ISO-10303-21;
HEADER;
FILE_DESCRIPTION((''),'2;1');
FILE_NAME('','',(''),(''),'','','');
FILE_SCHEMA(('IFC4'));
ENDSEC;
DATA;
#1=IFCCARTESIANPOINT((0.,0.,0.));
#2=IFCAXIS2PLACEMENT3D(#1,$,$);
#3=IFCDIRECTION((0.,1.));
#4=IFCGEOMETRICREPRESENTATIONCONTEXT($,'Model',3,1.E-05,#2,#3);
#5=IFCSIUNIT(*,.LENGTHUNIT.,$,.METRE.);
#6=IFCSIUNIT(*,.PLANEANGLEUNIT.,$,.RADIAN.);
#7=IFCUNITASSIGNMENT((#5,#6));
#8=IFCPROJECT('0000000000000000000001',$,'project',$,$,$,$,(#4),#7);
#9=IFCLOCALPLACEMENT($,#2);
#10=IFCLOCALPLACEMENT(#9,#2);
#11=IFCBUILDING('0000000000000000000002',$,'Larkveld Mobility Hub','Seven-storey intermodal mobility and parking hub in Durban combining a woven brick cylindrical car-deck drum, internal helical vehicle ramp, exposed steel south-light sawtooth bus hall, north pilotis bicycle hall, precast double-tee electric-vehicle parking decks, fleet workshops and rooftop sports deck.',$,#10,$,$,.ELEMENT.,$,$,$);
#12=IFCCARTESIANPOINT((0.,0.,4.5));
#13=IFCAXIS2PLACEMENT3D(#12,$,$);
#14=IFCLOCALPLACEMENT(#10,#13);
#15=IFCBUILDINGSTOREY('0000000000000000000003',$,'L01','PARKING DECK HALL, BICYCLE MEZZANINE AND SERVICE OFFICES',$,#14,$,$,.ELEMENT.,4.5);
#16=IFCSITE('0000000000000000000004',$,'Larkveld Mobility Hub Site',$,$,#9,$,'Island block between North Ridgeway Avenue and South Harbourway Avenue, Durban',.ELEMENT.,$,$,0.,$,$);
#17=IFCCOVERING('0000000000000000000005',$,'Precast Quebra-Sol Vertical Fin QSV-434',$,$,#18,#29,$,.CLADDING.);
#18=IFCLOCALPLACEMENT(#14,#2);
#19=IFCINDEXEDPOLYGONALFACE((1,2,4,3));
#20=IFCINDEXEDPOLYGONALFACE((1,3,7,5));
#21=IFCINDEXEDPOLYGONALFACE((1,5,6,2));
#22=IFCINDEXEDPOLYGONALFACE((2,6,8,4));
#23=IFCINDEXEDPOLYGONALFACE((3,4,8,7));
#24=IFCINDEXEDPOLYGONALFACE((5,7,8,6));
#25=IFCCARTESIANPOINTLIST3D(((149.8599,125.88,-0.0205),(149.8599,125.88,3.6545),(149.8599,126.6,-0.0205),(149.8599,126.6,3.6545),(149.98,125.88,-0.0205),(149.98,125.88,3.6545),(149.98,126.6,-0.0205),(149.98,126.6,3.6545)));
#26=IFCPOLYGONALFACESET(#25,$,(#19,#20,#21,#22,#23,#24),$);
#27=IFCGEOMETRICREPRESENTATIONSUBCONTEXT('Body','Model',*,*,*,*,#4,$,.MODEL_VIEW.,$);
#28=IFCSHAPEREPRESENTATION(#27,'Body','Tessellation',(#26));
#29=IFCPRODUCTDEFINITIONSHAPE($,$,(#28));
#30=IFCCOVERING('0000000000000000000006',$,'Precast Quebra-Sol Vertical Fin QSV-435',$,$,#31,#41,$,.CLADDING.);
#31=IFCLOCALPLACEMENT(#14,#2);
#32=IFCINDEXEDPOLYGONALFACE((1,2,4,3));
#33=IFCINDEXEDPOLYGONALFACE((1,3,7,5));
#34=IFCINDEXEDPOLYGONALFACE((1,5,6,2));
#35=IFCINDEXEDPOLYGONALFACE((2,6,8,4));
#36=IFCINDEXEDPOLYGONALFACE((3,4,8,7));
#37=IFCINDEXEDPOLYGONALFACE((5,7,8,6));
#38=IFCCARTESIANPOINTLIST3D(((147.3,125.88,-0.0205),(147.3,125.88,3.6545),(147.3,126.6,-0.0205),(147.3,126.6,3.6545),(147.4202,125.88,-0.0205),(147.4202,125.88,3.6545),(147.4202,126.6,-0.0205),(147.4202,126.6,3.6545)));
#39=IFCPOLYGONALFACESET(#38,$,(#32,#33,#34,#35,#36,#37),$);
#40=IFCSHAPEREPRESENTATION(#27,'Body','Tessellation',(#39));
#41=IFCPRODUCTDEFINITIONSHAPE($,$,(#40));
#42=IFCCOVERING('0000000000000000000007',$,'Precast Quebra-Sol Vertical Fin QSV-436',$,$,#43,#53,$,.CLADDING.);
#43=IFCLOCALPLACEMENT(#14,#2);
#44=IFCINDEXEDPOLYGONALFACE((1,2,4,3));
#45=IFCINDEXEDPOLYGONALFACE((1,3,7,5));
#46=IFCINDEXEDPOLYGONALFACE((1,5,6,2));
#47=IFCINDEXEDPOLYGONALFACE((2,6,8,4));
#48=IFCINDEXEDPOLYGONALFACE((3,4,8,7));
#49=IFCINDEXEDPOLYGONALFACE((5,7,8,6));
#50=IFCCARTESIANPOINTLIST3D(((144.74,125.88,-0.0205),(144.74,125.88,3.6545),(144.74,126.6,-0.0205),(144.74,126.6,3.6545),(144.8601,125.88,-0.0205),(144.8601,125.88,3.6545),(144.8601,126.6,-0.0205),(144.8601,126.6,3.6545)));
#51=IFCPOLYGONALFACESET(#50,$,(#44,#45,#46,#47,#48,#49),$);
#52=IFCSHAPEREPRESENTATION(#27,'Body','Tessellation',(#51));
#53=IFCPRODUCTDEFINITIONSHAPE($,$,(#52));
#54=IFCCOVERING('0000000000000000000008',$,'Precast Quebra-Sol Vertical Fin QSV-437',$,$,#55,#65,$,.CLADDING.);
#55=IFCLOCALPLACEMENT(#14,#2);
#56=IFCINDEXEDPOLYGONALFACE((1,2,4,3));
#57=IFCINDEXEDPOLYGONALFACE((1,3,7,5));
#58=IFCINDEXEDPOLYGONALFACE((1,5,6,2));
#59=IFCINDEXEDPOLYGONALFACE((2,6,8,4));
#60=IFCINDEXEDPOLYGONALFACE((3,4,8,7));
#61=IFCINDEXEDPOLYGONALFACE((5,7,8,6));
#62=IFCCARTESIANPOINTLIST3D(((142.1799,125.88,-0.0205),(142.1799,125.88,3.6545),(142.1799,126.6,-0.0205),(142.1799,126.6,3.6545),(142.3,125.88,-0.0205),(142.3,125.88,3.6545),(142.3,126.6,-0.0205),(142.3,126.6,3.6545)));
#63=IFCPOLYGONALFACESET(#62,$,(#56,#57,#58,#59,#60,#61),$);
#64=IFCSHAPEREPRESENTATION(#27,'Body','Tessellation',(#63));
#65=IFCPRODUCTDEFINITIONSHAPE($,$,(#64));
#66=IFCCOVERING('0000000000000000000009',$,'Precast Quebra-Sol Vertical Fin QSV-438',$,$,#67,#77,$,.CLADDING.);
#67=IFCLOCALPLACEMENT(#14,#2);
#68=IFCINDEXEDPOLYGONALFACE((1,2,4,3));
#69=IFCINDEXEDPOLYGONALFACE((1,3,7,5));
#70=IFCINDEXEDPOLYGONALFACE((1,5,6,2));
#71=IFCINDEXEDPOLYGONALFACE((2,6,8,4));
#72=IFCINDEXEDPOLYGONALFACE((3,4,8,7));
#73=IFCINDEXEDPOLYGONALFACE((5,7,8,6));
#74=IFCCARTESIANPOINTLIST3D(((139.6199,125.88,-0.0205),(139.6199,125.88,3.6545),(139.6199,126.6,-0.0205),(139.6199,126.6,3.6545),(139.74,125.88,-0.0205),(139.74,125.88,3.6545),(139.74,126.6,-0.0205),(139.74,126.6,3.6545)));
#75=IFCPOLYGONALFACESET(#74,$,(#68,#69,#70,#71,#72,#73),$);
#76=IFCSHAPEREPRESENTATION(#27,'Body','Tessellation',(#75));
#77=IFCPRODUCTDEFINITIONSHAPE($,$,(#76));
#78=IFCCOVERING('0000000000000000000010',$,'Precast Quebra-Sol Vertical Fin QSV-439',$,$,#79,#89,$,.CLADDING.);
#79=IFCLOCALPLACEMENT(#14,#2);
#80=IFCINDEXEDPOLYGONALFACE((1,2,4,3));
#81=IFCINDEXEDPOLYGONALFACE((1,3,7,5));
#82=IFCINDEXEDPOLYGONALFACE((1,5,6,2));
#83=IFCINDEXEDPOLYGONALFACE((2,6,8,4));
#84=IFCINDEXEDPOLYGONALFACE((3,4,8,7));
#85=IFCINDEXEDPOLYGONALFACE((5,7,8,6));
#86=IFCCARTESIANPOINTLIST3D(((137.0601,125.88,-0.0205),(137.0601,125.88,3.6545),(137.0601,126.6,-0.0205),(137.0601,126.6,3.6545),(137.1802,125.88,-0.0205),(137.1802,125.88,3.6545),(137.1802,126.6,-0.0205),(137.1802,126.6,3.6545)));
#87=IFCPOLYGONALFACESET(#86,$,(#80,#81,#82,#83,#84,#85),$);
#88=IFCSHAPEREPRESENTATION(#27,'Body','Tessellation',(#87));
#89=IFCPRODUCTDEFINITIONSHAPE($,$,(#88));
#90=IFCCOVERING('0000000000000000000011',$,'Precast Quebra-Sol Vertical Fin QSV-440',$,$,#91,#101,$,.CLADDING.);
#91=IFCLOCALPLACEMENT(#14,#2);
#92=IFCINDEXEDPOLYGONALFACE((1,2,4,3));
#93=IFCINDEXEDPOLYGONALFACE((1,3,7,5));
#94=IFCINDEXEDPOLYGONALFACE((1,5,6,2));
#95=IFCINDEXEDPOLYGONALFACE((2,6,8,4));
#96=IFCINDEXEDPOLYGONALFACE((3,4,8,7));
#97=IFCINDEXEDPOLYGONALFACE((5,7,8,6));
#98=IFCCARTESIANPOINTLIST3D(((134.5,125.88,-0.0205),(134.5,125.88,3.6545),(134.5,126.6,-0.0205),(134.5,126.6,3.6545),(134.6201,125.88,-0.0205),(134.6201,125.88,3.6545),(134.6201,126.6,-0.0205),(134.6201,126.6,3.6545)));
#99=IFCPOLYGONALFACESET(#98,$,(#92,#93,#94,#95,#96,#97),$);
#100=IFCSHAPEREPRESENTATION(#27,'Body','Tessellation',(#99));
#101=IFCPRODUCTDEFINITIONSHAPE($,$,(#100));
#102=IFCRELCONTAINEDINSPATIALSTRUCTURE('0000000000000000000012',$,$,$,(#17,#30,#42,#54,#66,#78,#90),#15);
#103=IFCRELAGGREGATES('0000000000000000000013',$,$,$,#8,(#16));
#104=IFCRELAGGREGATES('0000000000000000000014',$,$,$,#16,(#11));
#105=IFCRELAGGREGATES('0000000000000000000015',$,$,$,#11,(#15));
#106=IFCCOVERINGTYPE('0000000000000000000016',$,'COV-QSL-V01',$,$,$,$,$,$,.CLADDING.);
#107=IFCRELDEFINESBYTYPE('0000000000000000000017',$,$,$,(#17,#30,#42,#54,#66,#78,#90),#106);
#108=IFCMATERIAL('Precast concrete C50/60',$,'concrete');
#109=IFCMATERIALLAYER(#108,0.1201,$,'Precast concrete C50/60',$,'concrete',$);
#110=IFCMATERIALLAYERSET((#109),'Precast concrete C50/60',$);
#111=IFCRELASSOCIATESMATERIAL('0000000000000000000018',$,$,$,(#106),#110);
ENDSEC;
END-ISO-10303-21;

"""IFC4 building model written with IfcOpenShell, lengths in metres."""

from ifc_helpers import new_model, si_unit, direction, frame, origin, origin_2d, place, context, subcontext, project, spatial, rectangle, extrude, material, layer, layer_set, type_object, element, save


model = new_model("IFC4")

# Units and contexts
model_context = context("Model", 3, precision=1e-05, world=origin(), true_north=direction((0.0, 1.0)))
body_context = subcontext(model_context, "Body", "Model", "MODEL_VIEW")
ifc_project = project(units=[si_unit("LENGTHUNIT", "METRE"), si_unit("PLANEANGLEUNIT", "RADIAN")], contexts=[model_context])

# Site, building, storey
site_placement = place(None, origin())
site = spatial("IfcSite", under=ifc_project, at=site_placement, Name="Larkveld Mobility Hub Site", LongName="Island block between North Ridgeway Avenue and South Harbourway Avenue, Durban", CompositionType="ELEMENT", RefElevation=0.0)
building_placement = place(site_placement, origin())
building = spatial("IfcBuilding", under=site, at=building_placement, Name="Larkveld Mobility Hub", Description="Seven-storey intermodal mobility and parking hub in Durban combining a woven brick cylindrical car-deck drum, internal helical vehicle ramp, exposed steel south-light sawtooth bus hall, north pilotis bicycle hall, precast double-tee electric-vehicle parking decks, fleet workshops and rooftop sports deck.", CompositionType="ELEMENT")
storey_placement = place(building_placement, frame((0.0, 0.0, 4.5)))
storey = spatial("IfcBuildingStorey", under=building, at=storey_placement, Name="L01", Description="PARKING DECK HALL, BICYCLE MEZZANINE AND SERVICE OFFICES", CompositionType="ELEMENT", Elevation=4.5)

# Shared definitions
ifc_material_1 = material(Name="Precast concrete C50/60", Category="concrete")

# Coverings
ifc_layer_1 = layer(ifc_material_1, 0.1201, Name="Precast concrete C50/60", Category="concrete")
ifc_layer_set_1 = layer_set([ifc_layer_1], Name="Precast concrete C50/60")
covering_type = type_object("IfcCoveringType", Name="COV-QSL-V01", PredefinedType="CLADDING", material=ifc_layer_set_1)
for number, where, z_axis, x_axis, name in (
    (1, (149.9199, 126.24, -0.0205), (0.0, 0.0, 1.0), (-1.0, 0.0, 0.0), "Precast Quebra-Sol Vertical Fin QSV-434"),
    (2, (147.3601, 126.24, -0.0205), (0.0, 0.0, 1.0), (-1.0, 0.0, 0.0), "Precast Quebra-Sol Vertical Fin QSV-435"),
    (3, (144.8, 126.24, -0.0205), (0.0, 0.0, 1.0), (-1.0, 0.0, 0.0), "Precast Quebra-Sol Vertical Fin QSV-436"),
    (4, (142.24, 126.24, -0.0205), (0.0, 0.0, 1.0), (-1.0, 0.0, 0.0), "Precast Quebra-Sol Vertical Fin QSV-437"),
    (5, (139.6799, 126.24, -0.0205), (0.0, 0.0, 1.0), (-1.0, 0.0, 0.0), "Precast Quebra-Sol Vertical Fin QSV-438"),
    (6, (137.1201, 126.24, -0.0205), (0.0, 0.0, 1.0), (-1.0, 0.0, 0.0), "Precast Quebra-Sol Vertical Fin QSV-439"),
    (7, (134.5601, 126.24, -0.0205), (0.0, 0.0, 1.0), (-1.0, 0.0, 0.0), "Precast Quebra-Sol Vertical Fin QSV-440"),
):
    element("IfcCovering", number, at=place(storey_placement, frame(where, z_axis=z_axis, x_axis=x_axis)), inside=storey, type_object=covering_type, Name=name, PredefinedType="CLADDING", context=body_context, shape_type="SweptSolid", body=[
        extrude(rectangle(XDim=0.1201, YDim=0.72, at=origin_2d()), origin(), (0.0, 0.0, 1.0), 3.675),
    ])

save(model, "model.ifc")
